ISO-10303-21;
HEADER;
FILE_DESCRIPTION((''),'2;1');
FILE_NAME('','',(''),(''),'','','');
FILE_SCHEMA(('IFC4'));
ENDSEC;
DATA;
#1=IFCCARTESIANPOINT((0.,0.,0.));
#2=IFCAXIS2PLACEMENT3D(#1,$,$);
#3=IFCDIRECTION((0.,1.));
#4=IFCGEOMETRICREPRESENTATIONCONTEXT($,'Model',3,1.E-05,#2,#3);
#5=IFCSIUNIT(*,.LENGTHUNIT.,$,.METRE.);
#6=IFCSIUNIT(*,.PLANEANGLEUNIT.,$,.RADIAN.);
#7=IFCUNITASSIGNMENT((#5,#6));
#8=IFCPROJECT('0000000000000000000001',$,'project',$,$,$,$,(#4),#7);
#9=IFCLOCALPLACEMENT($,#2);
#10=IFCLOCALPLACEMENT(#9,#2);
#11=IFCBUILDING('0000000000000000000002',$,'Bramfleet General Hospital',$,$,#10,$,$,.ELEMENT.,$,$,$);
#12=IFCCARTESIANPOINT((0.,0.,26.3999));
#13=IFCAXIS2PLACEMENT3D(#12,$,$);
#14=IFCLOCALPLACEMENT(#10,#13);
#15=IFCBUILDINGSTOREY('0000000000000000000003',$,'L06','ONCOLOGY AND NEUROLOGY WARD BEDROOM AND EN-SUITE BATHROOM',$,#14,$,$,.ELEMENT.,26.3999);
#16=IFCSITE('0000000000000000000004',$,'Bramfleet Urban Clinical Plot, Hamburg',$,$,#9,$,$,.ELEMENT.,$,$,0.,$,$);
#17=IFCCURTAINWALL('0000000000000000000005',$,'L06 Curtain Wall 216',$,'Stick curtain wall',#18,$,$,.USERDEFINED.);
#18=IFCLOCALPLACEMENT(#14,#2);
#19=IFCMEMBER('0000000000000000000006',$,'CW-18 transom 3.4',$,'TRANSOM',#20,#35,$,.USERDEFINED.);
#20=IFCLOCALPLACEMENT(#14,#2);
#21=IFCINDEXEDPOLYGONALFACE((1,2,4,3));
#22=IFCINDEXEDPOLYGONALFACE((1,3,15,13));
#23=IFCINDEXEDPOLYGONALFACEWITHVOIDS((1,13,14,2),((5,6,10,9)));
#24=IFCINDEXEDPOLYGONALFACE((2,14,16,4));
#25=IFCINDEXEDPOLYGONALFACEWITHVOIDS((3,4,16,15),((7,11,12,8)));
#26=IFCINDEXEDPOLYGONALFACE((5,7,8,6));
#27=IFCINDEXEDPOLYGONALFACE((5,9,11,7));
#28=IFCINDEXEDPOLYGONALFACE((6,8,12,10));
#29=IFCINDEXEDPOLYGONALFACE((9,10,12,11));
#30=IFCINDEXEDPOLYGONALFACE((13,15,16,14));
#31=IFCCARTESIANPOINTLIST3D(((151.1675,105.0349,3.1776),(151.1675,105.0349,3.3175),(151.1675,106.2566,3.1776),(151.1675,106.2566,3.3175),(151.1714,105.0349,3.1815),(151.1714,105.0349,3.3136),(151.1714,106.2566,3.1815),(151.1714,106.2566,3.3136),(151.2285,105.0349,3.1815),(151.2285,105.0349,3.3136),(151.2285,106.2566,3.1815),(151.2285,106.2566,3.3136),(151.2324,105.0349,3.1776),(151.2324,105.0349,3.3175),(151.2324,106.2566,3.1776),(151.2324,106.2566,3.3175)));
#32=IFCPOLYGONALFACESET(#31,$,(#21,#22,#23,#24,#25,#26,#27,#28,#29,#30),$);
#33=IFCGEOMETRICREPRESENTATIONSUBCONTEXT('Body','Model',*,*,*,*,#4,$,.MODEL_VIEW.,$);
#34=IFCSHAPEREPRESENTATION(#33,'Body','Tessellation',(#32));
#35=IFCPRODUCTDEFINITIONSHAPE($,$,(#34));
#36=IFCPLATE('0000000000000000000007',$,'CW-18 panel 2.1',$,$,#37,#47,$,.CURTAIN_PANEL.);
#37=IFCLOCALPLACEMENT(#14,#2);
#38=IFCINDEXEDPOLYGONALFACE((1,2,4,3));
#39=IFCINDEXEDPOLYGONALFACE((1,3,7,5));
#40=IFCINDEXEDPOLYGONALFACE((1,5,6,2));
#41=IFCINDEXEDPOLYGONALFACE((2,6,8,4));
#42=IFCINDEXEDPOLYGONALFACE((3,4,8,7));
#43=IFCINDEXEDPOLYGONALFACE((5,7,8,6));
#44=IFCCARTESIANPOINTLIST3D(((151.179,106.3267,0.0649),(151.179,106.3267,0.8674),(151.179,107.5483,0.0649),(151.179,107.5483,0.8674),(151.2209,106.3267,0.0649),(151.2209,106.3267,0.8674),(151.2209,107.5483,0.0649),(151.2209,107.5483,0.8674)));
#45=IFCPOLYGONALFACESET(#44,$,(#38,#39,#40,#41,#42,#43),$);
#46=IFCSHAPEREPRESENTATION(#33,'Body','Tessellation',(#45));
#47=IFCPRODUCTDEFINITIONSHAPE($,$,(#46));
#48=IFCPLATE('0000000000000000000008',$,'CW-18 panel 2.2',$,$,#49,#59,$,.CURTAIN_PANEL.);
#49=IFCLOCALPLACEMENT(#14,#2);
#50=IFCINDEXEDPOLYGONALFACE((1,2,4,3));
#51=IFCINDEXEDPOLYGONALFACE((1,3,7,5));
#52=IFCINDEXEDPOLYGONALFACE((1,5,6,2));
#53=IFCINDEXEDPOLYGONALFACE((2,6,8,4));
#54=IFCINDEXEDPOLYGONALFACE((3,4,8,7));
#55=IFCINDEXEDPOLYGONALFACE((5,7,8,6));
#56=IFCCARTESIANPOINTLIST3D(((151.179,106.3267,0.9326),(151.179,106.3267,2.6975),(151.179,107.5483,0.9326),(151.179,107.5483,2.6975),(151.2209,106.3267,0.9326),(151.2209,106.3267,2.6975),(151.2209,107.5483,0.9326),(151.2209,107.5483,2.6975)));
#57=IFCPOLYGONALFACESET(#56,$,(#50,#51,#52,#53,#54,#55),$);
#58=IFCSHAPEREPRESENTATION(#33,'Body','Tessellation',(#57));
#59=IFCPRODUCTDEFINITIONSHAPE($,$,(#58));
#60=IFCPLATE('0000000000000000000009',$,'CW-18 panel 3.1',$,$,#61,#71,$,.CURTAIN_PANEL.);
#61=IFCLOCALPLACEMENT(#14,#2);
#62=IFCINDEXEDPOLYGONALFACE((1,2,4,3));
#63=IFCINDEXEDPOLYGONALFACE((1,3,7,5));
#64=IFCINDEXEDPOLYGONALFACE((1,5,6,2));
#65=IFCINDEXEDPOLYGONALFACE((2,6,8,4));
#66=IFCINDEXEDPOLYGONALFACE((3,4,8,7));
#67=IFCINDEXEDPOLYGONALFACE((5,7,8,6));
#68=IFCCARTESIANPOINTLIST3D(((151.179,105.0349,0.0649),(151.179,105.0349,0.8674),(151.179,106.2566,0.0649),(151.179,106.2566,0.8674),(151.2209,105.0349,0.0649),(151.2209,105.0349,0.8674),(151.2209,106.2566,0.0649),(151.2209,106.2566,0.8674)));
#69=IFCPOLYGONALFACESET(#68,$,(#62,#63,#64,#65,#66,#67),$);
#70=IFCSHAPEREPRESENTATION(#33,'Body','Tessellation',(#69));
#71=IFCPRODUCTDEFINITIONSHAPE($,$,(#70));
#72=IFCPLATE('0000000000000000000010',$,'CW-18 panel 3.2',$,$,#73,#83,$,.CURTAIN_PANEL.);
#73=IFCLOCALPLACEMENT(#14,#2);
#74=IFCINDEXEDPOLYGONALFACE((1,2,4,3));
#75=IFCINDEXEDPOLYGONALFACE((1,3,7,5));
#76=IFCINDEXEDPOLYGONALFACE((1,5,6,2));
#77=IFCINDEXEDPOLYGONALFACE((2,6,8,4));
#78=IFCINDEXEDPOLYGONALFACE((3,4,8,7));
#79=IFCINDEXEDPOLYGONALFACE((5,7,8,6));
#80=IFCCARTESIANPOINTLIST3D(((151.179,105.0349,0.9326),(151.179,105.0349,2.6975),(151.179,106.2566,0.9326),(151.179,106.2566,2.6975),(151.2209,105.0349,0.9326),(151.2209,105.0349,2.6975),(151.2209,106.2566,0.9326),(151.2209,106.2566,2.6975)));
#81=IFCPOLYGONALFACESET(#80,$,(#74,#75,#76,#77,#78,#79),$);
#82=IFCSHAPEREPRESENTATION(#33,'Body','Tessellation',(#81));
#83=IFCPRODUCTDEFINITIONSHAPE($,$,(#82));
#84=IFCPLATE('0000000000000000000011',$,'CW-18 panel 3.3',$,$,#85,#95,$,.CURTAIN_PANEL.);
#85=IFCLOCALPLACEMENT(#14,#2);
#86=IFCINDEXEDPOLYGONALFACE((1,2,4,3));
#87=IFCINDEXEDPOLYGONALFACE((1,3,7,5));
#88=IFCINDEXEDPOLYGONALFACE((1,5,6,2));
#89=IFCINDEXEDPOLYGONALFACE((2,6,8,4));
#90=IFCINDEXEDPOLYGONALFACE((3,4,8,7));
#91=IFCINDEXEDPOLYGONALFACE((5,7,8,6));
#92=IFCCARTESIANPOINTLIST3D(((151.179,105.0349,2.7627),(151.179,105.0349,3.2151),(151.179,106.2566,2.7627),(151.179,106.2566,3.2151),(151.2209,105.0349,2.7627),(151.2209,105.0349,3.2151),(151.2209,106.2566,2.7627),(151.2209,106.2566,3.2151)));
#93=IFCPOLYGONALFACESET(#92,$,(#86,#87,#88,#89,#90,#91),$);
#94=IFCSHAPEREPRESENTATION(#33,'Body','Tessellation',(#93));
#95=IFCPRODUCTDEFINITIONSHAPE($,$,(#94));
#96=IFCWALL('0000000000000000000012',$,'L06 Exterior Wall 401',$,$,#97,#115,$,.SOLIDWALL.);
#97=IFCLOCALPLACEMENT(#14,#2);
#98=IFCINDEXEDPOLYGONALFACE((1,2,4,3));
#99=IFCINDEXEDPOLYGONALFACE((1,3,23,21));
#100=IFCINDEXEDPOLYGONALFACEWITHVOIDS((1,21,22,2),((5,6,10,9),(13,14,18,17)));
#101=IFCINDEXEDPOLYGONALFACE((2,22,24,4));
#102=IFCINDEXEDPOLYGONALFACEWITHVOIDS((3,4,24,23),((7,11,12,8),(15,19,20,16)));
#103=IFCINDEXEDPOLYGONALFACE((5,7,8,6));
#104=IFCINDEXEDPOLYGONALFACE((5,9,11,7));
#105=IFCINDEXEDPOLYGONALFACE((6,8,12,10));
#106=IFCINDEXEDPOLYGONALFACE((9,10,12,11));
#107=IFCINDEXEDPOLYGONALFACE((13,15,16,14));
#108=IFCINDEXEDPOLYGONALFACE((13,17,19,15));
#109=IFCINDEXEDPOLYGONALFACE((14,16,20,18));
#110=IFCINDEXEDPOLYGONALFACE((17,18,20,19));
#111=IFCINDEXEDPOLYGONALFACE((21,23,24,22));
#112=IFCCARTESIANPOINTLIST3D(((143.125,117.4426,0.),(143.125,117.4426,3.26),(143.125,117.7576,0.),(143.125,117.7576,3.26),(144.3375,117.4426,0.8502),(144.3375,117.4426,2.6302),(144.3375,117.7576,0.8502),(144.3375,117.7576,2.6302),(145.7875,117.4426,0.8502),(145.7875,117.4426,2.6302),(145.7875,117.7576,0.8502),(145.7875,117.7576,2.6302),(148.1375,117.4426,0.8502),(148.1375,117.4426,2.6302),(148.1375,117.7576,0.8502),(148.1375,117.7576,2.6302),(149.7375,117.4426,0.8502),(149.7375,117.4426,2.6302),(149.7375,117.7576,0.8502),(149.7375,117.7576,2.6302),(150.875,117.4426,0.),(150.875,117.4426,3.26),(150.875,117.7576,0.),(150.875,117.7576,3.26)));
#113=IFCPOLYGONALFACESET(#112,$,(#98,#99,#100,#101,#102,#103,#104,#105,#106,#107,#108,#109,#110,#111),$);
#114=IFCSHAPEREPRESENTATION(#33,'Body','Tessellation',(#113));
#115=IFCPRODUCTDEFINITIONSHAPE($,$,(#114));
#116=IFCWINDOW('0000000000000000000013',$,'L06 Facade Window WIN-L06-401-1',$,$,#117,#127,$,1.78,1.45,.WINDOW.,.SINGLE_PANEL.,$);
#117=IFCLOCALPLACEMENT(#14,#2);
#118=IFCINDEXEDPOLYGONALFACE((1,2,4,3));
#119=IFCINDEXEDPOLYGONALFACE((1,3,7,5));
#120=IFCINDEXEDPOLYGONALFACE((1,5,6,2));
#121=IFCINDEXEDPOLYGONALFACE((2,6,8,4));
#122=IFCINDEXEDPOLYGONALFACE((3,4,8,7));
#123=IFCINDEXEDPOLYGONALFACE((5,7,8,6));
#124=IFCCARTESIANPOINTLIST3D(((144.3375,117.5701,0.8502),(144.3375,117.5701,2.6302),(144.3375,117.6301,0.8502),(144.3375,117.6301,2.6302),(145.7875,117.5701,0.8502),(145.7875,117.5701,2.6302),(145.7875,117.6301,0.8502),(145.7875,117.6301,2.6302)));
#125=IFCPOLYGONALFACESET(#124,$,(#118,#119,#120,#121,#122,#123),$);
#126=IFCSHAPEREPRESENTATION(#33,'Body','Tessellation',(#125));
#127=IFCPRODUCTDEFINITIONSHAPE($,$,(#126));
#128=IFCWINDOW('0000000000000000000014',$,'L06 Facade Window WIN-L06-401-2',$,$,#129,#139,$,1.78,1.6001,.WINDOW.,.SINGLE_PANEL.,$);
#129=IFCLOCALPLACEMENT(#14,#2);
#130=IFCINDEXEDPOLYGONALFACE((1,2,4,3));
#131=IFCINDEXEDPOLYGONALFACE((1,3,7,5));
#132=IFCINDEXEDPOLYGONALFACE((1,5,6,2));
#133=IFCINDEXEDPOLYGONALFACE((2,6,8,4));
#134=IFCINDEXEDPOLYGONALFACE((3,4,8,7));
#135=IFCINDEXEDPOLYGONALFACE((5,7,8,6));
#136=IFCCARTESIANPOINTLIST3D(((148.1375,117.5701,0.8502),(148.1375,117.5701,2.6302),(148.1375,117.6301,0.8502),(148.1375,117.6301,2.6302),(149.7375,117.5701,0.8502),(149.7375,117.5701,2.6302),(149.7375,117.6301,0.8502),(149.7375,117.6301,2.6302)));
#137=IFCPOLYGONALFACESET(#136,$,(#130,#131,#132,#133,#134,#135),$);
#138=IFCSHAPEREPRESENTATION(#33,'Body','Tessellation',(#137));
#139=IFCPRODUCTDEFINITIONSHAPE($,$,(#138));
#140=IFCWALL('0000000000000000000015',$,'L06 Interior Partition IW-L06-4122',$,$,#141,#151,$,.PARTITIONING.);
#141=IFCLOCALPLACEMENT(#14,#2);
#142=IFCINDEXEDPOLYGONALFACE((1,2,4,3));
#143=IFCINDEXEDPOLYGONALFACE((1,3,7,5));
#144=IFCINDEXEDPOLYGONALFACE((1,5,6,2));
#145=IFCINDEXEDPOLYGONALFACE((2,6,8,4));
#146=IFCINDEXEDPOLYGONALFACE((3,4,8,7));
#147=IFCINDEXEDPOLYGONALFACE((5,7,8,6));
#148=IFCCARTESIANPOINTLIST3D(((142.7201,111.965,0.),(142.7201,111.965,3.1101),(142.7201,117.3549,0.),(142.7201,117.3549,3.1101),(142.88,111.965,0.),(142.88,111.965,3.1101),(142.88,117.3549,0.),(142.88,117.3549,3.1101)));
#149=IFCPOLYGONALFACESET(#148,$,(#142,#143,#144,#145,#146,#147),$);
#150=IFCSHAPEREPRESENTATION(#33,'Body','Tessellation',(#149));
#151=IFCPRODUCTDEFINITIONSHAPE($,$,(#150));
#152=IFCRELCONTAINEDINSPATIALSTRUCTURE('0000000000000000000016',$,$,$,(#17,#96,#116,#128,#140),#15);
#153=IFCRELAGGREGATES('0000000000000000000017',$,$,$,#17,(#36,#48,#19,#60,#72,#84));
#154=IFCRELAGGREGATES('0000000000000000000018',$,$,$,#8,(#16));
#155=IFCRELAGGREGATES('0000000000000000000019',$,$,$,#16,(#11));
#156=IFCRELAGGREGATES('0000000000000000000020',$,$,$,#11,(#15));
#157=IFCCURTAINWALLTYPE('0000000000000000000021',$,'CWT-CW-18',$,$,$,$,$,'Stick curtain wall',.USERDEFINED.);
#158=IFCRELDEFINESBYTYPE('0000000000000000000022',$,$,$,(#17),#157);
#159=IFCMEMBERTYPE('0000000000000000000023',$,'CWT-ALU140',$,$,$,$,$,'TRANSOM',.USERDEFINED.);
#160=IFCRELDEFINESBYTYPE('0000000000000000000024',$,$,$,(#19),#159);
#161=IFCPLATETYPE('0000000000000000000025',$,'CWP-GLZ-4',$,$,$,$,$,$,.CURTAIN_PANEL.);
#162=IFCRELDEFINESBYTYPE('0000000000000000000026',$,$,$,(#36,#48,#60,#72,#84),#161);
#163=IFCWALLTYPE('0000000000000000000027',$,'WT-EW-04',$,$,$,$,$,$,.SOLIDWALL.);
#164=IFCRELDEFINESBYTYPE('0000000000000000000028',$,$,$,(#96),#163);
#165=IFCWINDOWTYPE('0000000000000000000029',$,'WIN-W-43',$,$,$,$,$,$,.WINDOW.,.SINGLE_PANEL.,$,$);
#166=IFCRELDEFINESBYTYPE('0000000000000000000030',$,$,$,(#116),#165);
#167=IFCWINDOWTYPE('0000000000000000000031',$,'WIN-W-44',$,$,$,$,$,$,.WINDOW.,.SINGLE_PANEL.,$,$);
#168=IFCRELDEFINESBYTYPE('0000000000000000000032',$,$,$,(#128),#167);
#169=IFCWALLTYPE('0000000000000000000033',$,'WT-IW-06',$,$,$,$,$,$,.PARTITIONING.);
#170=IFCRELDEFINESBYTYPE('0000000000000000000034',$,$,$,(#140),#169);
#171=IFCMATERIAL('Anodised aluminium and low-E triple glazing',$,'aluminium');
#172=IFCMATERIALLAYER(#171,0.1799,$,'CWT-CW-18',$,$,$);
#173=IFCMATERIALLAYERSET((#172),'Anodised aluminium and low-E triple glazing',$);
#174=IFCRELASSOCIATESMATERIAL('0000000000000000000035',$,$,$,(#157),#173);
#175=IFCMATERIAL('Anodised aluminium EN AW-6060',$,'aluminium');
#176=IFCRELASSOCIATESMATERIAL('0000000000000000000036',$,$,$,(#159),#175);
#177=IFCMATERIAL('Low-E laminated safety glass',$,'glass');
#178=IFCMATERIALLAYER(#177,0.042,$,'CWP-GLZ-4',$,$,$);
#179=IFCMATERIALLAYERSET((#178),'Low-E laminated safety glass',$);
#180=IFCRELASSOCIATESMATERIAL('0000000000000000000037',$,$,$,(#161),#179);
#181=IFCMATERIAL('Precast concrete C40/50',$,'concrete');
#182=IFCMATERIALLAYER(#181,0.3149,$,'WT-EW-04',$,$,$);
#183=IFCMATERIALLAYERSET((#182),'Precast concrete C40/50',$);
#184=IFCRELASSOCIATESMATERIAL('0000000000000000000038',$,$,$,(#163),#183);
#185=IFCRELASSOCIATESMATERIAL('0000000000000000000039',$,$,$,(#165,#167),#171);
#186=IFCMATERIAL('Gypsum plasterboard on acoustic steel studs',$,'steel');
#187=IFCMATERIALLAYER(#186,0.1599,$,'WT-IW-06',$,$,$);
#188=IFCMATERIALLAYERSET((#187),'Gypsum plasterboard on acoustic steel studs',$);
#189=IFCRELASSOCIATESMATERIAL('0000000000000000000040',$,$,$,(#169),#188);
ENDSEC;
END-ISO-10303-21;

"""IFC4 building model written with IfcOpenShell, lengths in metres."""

from ifc_helpers import new_model, si_unit, direction, frame, frame_2d, origin, origin_2d, place, context, subcontext, project, spatial, rectangle, hollow_rectangle, extrude, material, layer, layer_set, material_profile, profile_set, type_object, element, fill, aggregate, save


model = new_model("IFC4")

# Units and contexts
model_context = context("Model", 3, precision=1e-05, world=origin(), true_north=direction((0.0, 1.0)))
body_context = subcontext(model_context, "Body", "Model", "MODEL_VIEW")
ifc_project = project(units=[si_unit("LENGTHUNIT", "METRE"), si_unit("PLANEANGLEUNIT", "RADIAN")], contexts=[model_context])

# Site, building, storey
site_placement = place(None, origin())
site = spatial("IfcSite", under=ifc_project, at=site_placement, Name="Bramfleet Urban Clinical Plot, Hamburg", CompositionType="ELEMENT", RefElevation=0.0)
building_placement = place(site_placement, origin())
building = spatial("IfcBuilding", under=site, at=building_placement, Name="Bramfleet General Hospital", CompositionType="ELEMENT")
storey_placement = place(building_placement, frame((0.0, 0.0, 26.3999)))
storey = spatial("IfcBuildingStorey", under=building, at=storey_placement, Name="L06", Description="ONCOLOGY AND NEUROLOGY WARD BEDROOM AND EN-SUITE BATHROOM", CompositionType="ELEMENT", Elevation=26.3999)

# Curtain wall, member, plates
ifc_material_1 = material(Name="Anodised aluminium and low-E triple glazing", Category="aluminium")
ifc_layer_1 = layer(ifc_material_1, 0.1799, Name="CWT-CW-18")
ifc_layer_set_1 = layer_set([ifc_layer_1], Name="Anodised aluminium and low-E triple glazing")
curtain_wall_type = type_object("IfcCurtainWallType", Name="CWT-CW-18", ElementType="Stick curtain wall", PredefinedType="USERDEFINED", material=ifc_layer_set_1)
curtain_wall_placement = place(storey_placement, origin())
curtain_wall = element("IfcCurtainWall", 1, at=curtain_wall_placement, inside=storey, type_object=curtain_wall_type, Name="L06 Curtain Wall 216", ObjectType="Stick curtain wall", PredefinedType="USERDEFINED")
ifc_material_2 = material(Name="Anodised aluminium EN AW-6060", Category="aluminium")
ifc_material_profile_1 = material_profile(ifc_material_2, hollow_rectangle(XDim=0.0649, YDim=0.1399, WallThickness=0.0039, at=origin_2d()), Name="ALU 140x65x4.0")
ifc_profile_set_1 = profile_set([ifc_material_profile_1], Name="Anodised aluminium EN AW-6060")
member_type_1 = type_object("IfcMemberType", Name="CWT-ALU140", ElementType="TRANSOM", PredefinedType="USERDEFINED", material=ifc_profile_set_1)
member_1_placement = place(storey_placement, frame((151.2, 106.2566, 3.2476), z_axis=(0.0, -1.0, 0.0), x_axis=(1.0, 0.0, 0.0)))
member_1 = element("IfcMember", 2, at=member_1_placement, type_object=member_type_1, Name="CW-18 transom 3.4", ObjectType="TRANSOM", PredefinedType="USERDEFINED", context=body_context, shape_type="SweptSolid", body=[
    extrude(hollow_rectangle(XDim=0.0649, YDim=0.1399, WallThickness=0.0039, at=origin_2d()), origin(), (0.0, 0.0, 1.0), 1.2217),
])
ifc_material_3 = material(Name="Low-E laminated safety glass", Category="glass")
ifc_layer_2 = layer(ifc_material_3, 0.042, Name="CWP-GLZ-4")
ifc_layer_set_2 = layer_set([ifc_layer_2], Name="Low-E laminated safety glass")
plate_type = type_object("IfcPlateType", Name="CWP-GLZ-4", PredefinedType="CURTAIN_PANEL", material=ifc_layer_set_2)
plate_1_placement = place(storey_placement, frame((151.2, 106.9375, 0.0649), z_axis=(0.0, 0.0, 1.0), x_axis=(0.0, -1.0, 0.0)))
plate_1 = element("IfcPlate", 3, at=plate_1_placement, type_object=plate_type, Name="CW-18 panel 2.1", PredefinedType="CURTAIN_PANEL", context=body_context, shape_type="SweptSolid", body=[
    extrude(rectangle(XDim=1.2217, YDim=0.042, at=origin_2d()), origin(), (0.0, 0.0, 1.0), 0.8025),
])
plate_2_placement = place(storey_placement, frame((151.2, 106.9375, 0.9326), z_axis=(0.0, 0.0, 1.0), x_axis=(0.0, -1.0, 0.0)))
plate_2 = element("IfcPlate", 4, at=plate_2_placement, type_object=plate_type, Name="CW-18 panel 2.2", PredefinedType="CURTAIN_PANEL", context=body_context, shape_type="SweptSolid", body=[
    extrude(rectangle(XDim=1.2217, YDim=0.042, at=origin_2d()), origin(), (0.0, 0.0, 1.0), 1.7649),
])
plate_3_placement = place(storey_placement, frame((151.2, 105.6458, 0.0649), z_axis=(0.0, 0.0, 1.0), x_axis=(0.0, -1.0, 0.0)))
plate_3 = element("IfcPlate", 5, at=plate_3_placement, type_object=plate_type, Name="CW-18 panel 3.1", PredefinedType="CURTAIN_PANEL", context=body_context, shape_type="SweptSolid", body=[
    extrude(rectangle(XDim=1.2217, YDim=0.042, at=origin_2d()), origin(), (0.0, 0.0, 1.0), 0.8025),
])
plate_4_placement = place(storey_placement, frame((151.2, 105.6458, 0.9326), z_axis=(0.0, 0.0, 1.0), x_axis=(0.0, -1.0, 0.0)))
plate_4 = element("IfcPlate", 6, at=plate_4_placement, type_object=plate_type, Name="CW-18 panel 3.2", PredefinedType="CURTAIN_PANEL", context=body_context, shape_type="SweptSolid", body=[
    extrude(rectangle(XDim=1.2217, YDim=0.042, at=origin_2d()), origin(), (0.0, 0.0, 1.0), 1.7649),
])
plate_5_placement = place(storey_placement, frame((151.2, 105.6458, 2.7627), z_axis=(0.0, 0.0, 1.0), x_axis=(0.0, -1.0, 0.0)))
plate_5 = element("IfcPlate", 7, at=plate_5_placement, type_object=plate_type, Name="CW-18 panel 3.3", PredefinedType="CURTAIN_PANEL", context=body_context, shape_type="SweptSolid", body=[
    extrude(rectangle(XDim=1.2217, YDim=0.042, at=origin_2d()), origin(), (0.0, 0.0, 1.0), 0.4524),
])
aggregate(curtain_wall, [plate_1, plate_2, member_1, plate_3, plate_4, plate_5])

# Wall, openings, windows
ifc_material_4 = material(Name="Precast concrete C40/50", Category="concrete")
ifc_layer_3 = layer(ifc_material_4, 0.3149, Name="WT-EW-04")
ifc_layer_set_3 = layer_set([ifc_layer_3], Name="Precast concrete C40/50")
wall_type_1 = type_object("IfcWallType", Name="WT-EW-04", PredefinedType="SOLIDWALL", material=ifc_layer_set_3)
wall_1_placement = place(storey_placement, frame((143.125, 117.6001, 0.0), z_axis=(0.0, 0.0, 1.0), x_axis=(1.0, 0.0, 0.0)))
wall_1 = element("IfcWall", 8, at=wall_1_placement, inside=storey, type_object=wall_type_1, Name="L06 Exterior Wall 401", PredefinedType="SOLIDWALL", context=body_context, shape_type="SweptSolid", body=[
    extrude(rectangle(XDim=7.75, YDim=0.3149, at=frame_2d((3.875, 0.0))), origin(), (0.0, 0.0, 1.0), 3.26),
])
opening_1_placement = place(wall_1_placement, frame((1.2124, 0.0, 0.8501)))
opening_1 = element("IfcOpeningElement", 9, at=opening_1_placement, cuts=wall_1, PredefinedType="OPENING", context=body_context, shape_type="SweptSolid", body=[
    extrude(rectangle(XDim=1.45, YDim=1.78, at=frame_2d((0.7251, 0.8901))), frame((0.0, 0.1675, 0.0), z_axis=(0.0, -1.0, 0.0), x_axis=(1.0, 0.0, 0.0)), (0.0, 0.0, 1.0), 0.335),
])
opening_2_placement = place(wall_1_placement, frame((5.0125, 0.0, 0.8501)))
opening_2 = element("IfcOpeningElement", 10, at=opening_2_placement, cuts=wall_1, PredefinedType="OPENING", context=body_context, shape_type="SweptSolid", body=[
    extrude(rectangle(XDim=1.6001, YDim=1.78, at=frame_2d((0.8, 0.8901))), frame((0.0, 0.1675, 0.0), z_axis=(0.0, -1.0, 0.0), x_axis=(1.0, 0.0, 0.0)), (0.0, 0.0, 1.0), 0.335),
])
window_type_1 = type_object("IfcWindowType", Name="WIN-W-43", PartitioningType="SINGLE_PANEL", PredefinedType="WINDOW", material=ifc_material_1)
window_1_placement = place(opening_1_placement, origin())
window_1 = element("IfcWindow", 11, at=window_1_placement, inside=storey, type_object=window_type_1, Name="L06 Facade Window WIN-L06-401-1", OverallHeight=1.78, OverallWidth=1.45, PartitioningType="SINGLE_PANEL", PredefinedType="WINDOW", context=body_context, shape_type="SweptSolid", body=[
    extrude(rectangle(XDim=1.45, YDim=1.78, at=frame_2d((0.7251, 0.8901))), frame((0.0, 0.03, 0.0), z_axis=(0.0, -1.0, 0.0), x_axis=(1.0, 0.0, 0.0)), (0.0, 0.0, 1.0), 0.0601),
])
fill(opening_1, window_1)
window_type_2 = type_object("IfcWindowType", Name="WIN-W-44", PartitioningType="SINGLE_PANEL", PredefinedType="WINDOW", material=ifc_material_1)
window_2_placement = place(opening_2_placement, origin())
window_2 = element("IfcWindow", 12, at=window_2_placement, inside=storey, type_object=window_type_2, Name="L06 Facade Window WIN-L06-401-2", OverallHeight=1.78, OverallWidth=1.6001, PartitioningType="SINGLE_PANEL", PredefinedType="WINDOW", context=body_context, shape_type="SweptSolid", body=[
    extrude(rectangle(XDim=1.6001, YDim=1.78, at=frame_2d((0.8, 0.8901))), frame((0.0, 0.03, 0.0), z_axis=(0.0, -1.0, 0.0), x_axis=(1.0, 0.0, 0.0)), (0.0, 0.0, 1.0), 0.0601),
])
fill(opening_2, window_2)

# Wall
ifc_material_5 = material(Name="Gypsum plasterboard on acoustic steel studs", Category="steel")
ifc_layer_4 = layer(ifc_material_5, 0.1599, Name="WT-IW-06")
ifc_layer_set_4 = layer_set([ifc_layer_4], Name="Gypsum plasterboard on acoustic steel studs")
wall_type_2 = type_object("IfcWallType", Name="WT-IW-06", PredefinedType="PARTITIONING", material=ifc_layer_set_4)
wall_2_placement = place(storey_placement, frame((142.8, 111.9651, 0.0), z_axis=(0.0, 0.0, 1.0), x_axis=(0.0, 1.0, 0.0)))
element("IfcWall", 13, at=wall_2_placement, inside=storey, type_object=wall_type_2, Name="L06 Interior Partition IW-L06-4122", PredefinedType="PARTITIONING", context=body_context, shape_type="SweptSolid", body=[
    extrude(rectangle(XDim=5.3899, YDim=0.1599, at=frame_2d((2.6948, 0.0))), origin(), (0.0, 0.0, 1.0), 3.1101),
])

save(model, "model.ifc")
